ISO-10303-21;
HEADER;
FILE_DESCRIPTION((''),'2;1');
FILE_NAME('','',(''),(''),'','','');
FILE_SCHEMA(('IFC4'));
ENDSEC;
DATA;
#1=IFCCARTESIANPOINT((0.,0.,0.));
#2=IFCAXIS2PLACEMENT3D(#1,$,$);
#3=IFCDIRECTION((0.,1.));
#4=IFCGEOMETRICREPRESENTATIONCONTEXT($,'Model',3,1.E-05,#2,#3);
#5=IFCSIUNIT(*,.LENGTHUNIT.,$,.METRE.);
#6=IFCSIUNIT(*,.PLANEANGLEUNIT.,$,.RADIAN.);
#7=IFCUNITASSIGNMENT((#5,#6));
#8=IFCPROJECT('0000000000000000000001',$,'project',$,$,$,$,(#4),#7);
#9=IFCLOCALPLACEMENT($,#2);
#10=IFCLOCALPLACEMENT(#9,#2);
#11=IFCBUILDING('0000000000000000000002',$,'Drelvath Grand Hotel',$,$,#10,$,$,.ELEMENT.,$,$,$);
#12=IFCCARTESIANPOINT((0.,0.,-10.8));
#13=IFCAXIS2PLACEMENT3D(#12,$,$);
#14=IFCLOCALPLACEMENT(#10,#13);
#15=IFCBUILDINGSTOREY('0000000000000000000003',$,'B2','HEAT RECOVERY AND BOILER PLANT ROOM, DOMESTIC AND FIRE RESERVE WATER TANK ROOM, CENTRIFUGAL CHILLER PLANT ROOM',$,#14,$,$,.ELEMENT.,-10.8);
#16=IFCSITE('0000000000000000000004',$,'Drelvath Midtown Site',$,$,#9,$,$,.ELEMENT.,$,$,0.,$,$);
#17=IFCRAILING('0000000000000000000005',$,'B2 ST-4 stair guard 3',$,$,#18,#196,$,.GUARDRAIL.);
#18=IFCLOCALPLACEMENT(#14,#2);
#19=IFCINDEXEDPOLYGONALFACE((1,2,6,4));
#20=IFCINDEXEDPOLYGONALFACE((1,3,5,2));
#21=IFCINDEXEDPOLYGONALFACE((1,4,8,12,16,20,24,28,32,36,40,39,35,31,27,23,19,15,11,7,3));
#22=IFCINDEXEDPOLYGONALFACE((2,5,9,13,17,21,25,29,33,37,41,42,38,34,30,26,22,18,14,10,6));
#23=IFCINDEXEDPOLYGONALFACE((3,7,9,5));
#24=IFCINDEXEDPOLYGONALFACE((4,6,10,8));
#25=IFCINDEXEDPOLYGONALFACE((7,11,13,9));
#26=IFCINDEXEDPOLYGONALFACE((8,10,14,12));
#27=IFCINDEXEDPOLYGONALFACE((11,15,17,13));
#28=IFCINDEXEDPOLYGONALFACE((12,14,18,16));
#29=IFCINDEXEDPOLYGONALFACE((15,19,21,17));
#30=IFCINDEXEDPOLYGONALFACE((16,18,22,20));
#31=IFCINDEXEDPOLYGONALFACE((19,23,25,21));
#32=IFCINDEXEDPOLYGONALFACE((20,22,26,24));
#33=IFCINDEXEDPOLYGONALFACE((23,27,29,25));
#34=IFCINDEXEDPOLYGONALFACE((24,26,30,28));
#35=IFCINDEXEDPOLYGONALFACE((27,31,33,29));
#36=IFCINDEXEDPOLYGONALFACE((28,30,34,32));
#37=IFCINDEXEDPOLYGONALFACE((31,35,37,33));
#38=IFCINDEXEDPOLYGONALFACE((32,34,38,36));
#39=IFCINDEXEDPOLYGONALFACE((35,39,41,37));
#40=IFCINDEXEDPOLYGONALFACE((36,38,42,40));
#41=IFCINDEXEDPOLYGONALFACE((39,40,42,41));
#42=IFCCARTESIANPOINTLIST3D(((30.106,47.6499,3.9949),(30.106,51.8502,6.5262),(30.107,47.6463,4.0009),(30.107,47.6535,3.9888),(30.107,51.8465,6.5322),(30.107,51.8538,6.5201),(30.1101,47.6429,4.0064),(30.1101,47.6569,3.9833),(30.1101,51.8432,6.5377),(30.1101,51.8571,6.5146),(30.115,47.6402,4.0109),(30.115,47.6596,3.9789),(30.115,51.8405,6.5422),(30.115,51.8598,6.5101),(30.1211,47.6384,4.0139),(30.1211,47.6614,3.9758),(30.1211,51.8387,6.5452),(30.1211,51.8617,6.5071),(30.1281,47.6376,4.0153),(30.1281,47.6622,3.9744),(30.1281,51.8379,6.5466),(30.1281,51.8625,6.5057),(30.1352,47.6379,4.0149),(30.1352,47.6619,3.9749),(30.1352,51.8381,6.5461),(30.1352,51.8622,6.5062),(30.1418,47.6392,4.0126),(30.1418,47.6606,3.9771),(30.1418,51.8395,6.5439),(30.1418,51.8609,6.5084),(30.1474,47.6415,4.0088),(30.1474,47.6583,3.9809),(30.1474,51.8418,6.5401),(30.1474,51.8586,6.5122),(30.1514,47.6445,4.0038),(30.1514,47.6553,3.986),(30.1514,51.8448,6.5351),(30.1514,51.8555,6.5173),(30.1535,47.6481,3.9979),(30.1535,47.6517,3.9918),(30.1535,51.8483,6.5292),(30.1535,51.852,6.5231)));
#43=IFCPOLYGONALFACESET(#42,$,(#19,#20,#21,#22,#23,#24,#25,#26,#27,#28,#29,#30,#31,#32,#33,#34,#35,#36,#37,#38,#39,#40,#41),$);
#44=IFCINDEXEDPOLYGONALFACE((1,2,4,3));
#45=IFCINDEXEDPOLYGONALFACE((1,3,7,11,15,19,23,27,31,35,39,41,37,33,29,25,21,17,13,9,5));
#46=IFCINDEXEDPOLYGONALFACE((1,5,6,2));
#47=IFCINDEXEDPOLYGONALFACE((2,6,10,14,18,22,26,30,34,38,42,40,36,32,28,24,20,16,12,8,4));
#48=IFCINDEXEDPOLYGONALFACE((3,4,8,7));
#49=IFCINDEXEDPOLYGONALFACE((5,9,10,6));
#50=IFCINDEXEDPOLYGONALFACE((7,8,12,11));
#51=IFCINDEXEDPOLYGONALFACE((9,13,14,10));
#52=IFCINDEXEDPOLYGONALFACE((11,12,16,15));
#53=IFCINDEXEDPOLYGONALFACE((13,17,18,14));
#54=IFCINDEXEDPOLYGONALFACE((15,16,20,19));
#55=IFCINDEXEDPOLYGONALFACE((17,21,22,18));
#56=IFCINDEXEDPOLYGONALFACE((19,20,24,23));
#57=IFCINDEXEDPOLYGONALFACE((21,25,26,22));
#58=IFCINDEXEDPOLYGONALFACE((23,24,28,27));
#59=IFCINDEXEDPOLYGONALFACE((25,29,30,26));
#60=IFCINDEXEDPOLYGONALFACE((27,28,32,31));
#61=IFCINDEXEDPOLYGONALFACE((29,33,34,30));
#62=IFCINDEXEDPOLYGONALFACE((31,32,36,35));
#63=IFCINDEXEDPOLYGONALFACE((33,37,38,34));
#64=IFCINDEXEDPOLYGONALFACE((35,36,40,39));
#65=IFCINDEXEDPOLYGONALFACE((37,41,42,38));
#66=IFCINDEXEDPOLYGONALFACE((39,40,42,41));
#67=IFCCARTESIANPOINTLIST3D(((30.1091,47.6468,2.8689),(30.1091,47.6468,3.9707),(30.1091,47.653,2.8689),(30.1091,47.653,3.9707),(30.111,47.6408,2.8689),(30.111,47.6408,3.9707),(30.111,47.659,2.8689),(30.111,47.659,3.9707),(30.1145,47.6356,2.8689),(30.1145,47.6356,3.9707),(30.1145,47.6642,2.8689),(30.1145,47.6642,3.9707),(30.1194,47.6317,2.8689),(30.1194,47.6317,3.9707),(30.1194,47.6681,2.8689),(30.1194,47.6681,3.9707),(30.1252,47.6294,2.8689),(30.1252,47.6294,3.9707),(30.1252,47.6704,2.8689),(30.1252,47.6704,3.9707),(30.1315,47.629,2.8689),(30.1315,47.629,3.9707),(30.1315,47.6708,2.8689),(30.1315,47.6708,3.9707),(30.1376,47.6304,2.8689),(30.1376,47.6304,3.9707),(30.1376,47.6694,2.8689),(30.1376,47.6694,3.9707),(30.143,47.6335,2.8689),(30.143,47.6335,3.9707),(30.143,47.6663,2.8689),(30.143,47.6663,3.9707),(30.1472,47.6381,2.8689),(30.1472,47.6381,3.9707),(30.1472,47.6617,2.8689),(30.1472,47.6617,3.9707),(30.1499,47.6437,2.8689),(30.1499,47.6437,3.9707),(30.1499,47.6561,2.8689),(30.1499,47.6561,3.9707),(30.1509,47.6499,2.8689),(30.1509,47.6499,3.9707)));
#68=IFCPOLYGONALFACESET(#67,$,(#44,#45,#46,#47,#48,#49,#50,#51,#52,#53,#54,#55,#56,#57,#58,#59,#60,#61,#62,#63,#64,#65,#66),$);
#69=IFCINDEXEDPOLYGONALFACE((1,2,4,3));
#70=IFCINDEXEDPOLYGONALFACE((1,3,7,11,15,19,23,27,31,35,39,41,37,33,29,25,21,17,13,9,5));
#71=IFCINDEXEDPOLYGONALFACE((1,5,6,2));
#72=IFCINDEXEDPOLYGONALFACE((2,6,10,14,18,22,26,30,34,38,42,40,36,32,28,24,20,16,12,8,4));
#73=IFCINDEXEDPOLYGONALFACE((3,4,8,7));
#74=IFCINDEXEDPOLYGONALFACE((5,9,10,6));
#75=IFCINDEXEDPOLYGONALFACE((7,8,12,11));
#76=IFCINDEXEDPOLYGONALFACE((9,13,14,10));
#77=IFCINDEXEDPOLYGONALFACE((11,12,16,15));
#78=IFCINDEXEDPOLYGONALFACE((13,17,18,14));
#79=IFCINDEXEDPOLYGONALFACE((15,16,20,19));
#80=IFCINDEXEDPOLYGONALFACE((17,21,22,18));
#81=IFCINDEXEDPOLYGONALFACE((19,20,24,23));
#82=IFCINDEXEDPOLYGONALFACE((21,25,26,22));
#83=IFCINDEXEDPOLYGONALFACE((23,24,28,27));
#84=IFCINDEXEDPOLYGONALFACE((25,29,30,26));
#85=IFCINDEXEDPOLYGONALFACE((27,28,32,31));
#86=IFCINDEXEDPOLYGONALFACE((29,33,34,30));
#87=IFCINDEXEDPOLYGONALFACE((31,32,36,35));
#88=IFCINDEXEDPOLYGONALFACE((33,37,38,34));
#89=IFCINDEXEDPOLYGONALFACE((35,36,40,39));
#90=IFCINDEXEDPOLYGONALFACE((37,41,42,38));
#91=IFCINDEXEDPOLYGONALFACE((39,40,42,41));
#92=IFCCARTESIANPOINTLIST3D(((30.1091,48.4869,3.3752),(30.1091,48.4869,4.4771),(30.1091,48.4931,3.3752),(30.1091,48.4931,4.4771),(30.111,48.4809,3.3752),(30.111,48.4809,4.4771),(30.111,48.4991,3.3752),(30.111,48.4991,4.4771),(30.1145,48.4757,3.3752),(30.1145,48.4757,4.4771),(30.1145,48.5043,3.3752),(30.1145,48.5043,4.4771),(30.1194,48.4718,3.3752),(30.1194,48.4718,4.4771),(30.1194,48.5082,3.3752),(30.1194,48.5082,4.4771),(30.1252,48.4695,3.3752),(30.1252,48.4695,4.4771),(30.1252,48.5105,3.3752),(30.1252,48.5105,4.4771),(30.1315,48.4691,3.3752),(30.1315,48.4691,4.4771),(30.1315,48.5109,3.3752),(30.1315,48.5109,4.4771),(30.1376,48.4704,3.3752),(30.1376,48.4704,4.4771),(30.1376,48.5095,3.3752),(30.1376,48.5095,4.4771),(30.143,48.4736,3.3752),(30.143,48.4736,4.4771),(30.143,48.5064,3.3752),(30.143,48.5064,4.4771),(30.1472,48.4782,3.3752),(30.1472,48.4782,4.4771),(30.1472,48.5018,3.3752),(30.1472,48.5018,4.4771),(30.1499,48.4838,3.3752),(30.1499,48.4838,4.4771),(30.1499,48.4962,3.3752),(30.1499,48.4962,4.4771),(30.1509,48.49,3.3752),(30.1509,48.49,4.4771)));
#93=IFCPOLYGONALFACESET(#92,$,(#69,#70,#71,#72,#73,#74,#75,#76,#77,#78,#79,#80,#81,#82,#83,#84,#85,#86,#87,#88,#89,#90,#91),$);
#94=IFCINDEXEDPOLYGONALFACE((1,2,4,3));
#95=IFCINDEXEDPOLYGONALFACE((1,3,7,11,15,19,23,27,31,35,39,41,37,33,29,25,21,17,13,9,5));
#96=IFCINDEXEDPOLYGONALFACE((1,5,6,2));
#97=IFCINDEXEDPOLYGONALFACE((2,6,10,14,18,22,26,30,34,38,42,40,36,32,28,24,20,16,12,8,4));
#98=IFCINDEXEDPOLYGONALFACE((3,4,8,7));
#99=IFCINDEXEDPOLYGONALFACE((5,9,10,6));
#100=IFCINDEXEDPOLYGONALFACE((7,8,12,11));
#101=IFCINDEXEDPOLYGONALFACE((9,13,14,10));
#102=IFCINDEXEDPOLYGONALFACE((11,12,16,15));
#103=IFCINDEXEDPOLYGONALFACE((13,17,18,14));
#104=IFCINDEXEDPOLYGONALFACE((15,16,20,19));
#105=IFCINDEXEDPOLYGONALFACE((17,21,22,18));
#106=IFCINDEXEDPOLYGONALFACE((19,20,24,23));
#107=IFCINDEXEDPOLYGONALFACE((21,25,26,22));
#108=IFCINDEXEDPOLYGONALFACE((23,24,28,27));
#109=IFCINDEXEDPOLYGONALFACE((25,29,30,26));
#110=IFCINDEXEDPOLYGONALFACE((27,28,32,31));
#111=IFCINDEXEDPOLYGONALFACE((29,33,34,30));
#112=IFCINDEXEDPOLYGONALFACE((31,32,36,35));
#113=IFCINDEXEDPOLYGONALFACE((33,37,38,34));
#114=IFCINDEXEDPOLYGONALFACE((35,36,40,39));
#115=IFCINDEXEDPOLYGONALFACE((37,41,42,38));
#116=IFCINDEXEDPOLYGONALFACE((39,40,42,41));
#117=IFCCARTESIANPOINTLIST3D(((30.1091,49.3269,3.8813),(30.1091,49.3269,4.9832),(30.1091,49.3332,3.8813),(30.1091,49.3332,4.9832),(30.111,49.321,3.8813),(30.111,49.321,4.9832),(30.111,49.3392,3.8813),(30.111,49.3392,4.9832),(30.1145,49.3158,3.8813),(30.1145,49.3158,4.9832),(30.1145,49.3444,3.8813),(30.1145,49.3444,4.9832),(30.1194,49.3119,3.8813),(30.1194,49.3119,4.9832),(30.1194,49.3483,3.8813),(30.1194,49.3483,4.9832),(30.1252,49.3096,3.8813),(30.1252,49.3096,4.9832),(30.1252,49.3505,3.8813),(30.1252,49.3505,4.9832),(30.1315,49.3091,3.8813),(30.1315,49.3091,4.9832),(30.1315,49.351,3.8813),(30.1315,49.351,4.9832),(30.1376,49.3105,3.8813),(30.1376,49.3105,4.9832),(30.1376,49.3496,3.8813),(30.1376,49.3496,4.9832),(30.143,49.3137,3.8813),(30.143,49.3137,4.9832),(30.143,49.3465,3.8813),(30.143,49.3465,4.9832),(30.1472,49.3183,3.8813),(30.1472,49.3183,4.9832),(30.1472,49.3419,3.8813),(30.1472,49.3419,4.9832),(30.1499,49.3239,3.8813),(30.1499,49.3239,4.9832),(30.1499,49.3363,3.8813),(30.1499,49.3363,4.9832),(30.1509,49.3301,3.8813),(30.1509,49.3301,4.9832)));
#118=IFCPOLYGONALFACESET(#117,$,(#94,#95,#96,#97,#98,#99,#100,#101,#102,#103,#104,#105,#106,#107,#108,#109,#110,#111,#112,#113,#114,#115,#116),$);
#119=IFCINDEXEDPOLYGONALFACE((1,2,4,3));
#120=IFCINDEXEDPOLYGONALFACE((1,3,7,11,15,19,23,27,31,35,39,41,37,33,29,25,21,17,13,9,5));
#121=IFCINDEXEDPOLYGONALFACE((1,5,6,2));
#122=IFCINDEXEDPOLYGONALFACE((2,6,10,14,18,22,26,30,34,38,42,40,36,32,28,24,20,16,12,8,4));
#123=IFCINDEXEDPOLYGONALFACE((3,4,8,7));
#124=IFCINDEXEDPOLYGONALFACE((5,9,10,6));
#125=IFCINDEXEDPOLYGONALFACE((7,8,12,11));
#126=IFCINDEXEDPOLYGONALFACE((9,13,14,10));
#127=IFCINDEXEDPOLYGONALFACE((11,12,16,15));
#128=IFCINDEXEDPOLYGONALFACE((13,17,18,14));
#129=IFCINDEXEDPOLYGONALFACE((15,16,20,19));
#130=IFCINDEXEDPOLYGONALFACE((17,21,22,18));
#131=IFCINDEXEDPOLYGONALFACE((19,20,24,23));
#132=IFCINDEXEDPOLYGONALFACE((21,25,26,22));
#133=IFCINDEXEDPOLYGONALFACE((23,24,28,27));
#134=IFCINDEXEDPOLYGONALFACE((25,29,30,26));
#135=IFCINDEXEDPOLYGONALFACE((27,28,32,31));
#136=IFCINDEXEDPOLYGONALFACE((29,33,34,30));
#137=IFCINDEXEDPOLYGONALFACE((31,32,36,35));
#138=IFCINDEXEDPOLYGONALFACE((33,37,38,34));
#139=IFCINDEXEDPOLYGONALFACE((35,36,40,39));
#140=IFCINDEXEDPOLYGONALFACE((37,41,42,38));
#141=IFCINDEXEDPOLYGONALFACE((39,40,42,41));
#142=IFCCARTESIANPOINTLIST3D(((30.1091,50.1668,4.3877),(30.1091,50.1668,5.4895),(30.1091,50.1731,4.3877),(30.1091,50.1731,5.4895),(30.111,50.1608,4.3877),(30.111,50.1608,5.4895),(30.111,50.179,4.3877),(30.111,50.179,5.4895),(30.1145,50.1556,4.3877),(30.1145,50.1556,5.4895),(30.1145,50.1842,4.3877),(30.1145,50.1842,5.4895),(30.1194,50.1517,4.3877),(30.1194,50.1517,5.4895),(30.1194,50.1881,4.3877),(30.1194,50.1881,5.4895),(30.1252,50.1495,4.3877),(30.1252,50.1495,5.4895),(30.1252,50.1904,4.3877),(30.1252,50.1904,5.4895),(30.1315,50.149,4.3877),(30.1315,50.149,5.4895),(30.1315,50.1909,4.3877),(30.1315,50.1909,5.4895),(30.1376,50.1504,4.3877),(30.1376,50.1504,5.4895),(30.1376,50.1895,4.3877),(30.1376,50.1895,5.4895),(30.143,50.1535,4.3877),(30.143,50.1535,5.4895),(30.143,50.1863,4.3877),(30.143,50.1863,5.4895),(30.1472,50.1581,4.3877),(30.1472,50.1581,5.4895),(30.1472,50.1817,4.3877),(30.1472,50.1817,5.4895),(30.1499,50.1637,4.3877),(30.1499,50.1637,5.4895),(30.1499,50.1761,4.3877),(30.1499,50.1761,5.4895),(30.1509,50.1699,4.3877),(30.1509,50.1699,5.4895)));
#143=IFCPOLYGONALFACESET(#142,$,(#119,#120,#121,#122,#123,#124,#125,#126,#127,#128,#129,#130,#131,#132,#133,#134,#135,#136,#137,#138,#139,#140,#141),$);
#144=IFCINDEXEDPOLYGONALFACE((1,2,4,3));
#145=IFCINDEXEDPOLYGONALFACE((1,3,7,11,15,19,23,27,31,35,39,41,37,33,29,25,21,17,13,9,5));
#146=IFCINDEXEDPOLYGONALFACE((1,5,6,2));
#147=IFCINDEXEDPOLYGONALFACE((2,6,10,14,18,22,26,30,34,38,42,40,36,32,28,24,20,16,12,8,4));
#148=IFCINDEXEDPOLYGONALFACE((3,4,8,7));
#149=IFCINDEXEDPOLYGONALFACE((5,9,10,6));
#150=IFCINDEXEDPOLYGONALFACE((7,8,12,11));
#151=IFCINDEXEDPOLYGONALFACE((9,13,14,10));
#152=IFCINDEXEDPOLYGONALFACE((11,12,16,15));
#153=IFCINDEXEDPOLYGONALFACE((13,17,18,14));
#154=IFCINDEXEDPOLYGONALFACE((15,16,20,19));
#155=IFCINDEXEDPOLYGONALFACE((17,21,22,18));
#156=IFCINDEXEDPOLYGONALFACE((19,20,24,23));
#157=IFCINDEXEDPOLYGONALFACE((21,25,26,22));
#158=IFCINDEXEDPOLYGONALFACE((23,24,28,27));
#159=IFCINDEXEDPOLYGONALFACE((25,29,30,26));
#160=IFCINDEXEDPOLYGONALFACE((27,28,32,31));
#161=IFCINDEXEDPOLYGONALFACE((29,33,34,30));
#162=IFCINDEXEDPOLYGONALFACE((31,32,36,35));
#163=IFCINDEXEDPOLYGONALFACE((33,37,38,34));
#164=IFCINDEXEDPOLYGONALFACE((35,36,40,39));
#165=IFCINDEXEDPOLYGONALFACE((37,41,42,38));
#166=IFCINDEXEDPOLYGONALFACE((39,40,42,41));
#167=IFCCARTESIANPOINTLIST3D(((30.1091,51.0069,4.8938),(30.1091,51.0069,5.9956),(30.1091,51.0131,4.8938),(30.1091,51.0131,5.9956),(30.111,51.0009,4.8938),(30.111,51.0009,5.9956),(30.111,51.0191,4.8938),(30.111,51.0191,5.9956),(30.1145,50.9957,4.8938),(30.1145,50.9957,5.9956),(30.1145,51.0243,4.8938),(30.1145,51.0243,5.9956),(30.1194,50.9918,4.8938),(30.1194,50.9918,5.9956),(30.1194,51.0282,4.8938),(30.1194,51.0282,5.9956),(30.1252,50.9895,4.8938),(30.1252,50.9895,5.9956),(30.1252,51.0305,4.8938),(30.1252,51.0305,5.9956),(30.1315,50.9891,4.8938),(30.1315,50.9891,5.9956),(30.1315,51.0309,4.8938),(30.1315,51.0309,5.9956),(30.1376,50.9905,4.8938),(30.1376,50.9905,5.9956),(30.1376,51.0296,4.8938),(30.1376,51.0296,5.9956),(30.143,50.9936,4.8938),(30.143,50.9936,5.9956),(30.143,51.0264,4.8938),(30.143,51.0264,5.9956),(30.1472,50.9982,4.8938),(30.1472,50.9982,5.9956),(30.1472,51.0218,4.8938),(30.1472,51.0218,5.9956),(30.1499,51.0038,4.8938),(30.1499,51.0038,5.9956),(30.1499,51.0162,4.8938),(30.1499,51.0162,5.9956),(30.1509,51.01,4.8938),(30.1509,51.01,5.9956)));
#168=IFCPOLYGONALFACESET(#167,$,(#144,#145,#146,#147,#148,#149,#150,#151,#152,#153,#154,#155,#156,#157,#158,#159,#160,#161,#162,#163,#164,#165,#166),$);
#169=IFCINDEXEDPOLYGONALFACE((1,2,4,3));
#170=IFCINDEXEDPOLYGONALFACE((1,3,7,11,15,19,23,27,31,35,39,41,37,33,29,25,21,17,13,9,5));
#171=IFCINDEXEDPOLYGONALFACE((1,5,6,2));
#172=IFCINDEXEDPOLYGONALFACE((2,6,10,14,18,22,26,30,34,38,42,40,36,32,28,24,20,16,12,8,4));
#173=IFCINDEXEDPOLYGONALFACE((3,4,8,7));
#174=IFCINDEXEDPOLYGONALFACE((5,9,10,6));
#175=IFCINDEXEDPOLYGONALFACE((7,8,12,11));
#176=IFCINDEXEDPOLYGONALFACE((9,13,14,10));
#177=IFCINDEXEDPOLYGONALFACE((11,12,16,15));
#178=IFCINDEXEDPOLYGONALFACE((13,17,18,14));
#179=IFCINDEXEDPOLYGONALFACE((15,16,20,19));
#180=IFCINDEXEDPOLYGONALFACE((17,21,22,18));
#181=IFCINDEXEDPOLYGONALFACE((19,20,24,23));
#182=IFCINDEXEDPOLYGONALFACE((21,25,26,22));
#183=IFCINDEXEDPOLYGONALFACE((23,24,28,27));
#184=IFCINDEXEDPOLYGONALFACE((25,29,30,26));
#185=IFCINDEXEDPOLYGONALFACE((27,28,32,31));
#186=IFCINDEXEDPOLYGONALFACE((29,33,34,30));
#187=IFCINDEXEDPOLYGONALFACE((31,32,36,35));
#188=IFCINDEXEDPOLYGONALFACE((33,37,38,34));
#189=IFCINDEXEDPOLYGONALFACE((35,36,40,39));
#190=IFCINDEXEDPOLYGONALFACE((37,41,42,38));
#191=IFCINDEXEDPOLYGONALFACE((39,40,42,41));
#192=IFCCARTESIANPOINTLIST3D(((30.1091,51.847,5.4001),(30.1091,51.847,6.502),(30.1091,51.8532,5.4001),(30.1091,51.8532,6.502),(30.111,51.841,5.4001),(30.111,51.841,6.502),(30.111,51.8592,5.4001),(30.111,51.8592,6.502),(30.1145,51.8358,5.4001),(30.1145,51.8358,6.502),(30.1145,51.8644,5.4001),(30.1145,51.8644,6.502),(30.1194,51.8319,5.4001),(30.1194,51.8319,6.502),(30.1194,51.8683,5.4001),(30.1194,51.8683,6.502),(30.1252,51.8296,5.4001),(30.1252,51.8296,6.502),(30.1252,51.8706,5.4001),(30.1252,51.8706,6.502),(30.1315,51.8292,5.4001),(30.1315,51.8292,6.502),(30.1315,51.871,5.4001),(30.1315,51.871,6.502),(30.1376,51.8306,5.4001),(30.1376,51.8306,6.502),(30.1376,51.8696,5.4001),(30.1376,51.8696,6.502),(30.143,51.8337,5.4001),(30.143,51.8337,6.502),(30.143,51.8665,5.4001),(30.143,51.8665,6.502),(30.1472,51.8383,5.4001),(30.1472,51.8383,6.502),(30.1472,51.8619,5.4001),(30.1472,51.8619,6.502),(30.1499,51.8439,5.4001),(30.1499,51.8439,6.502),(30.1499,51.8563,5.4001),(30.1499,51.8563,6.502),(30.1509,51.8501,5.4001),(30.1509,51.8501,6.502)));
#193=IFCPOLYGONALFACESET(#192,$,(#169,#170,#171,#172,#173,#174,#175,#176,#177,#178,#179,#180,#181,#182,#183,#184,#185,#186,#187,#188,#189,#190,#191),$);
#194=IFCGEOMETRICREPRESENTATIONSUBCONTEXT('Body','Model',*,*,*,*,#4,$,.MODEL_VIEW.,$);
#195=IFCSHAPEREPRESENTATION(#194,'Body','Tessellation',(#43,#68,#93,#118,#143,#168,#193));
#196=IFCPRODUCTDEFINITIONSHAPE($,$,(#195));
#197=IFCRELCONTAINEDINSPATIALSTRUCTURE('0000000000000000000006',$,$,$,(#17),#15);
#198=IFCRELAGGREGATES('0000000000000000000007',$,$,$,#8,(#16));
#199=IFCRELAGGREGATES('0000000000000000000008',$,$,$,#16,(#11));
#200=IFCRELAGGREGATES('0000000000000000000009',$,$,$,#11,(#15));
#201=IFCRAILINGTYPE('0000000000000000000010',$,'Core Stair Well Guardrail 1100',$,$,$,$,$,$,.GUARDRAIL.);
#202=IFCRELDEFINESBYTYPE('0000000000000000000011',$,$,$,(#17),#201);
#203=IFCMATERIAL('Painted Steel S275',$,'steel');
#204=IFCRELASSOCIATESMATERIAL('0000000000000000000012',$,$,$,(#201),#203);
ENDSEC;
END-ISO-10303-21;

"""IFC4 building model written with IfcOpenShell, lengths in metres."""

from ifc_helpers import new_model, si_unit, direction, frame, origin, origin_2d, place, context, subcontext, project, spatial, circle, extrude, material, type_object, element, save


model = new_model("IFC4")

# Units and contexts
model_context = context("Model", 3, precision=1e-05, world=origin(), true_north=direction((0.0, 1.0)))
body_context = subcontext(model_context, "Body", "Model", "MODEL_VIEW")
ifc_project = project(units=[si_unit("LENGTHUNIT", "METRE"), si_unit("PLANEANGLEUNIT", "RADIAN")], contexts=[model_context])

# Site, building, storey
site_placement = place(None, origin())
site = spatial("IfcSite", under=ifc_project, at=site_placement, Name="Drelvath Midtown Site", CompositionType="ELEMENT", RefElevation=0.0)
building_placement = place(site_placement, origin())
building = spatial("IfcBuilding", under=site, at=building_placement, Name="Drelvath Grand Hotel", CompositionType="ELEMENT")
storey_placement = place(building_placement, frame((0.0, 0.0, -10.8)))
storey = spatial("IfcBuildingStorey", under=building, at=storey_placement, Name="B2", Description="HEAT RECOVERY AND BOILER PLANT ROOM, DOMESTIC AND FIRE RESERVE WATER TANK ROOM, CENTRIFUGAL CHILLER PLANT ROOM", CompositionType="ELEMENT", Elevation=-10.8)

# Railing
ifc_material_1 = material(Name="Painted Steel S275", Category="steel")
railing_type_1 = type_object("IfcRailingType", Name="Core Stair Well Guardrail 1100", PredefinedType="GUARDRAIL", material=ifc_material_1)
railing_1_placement = place(storey_placement, frame((30.1299, 47.6499, 2.8689)))
element("IfcRailing", 1, at=railing_1_placement, inside=storey, type_object=railing_type_1, Name="B2 ST-4 stair guard 3", PredefinedType="GUARDRAIL", context=body_context, shape_type="SweptSolid", body=[
    extrude(circle(Radius=0.0239, at=origin_2d()), frame((0.0, 0.0, 1.126), z_axis=(0.0, 0.85649, 0.516164), x_axis=(-1.0, 0.0, 0.0)), (0.0, 0.0, 1.0), 4.9041),
    extrude(circle(Radius=0.021, at=origin_2d()), origin(), (0.0, 0.0, 1.0), 1.1018),
    extrude(circle(Radius=0.021, at=origin_2d()), frame((0.0, 0.8401, 0.5063)), (0.0, 0.0, 1.0), 1.1018),
    extrude(circle(Radius=0.021, at=origin_2d()), frame((0.0, 1.6802, 1.0125)), (0.0, 0.0, 1.0), 1.1018),
    extrude(circle(Radius=0.021, at=origin_2d()), frame((0.0, 2.52, 1.5188)), (0.0, 0.0, 1.0), 1.1018),
    extrude(circle(Radius=0.021, at=origin_2d()), frame((0.0, 3.3601, 2.0249)), (0.0, 0.0, 1.0), 1.1018),
    extrude(circle(Radius=0.021, at=origin_2d()), frame((0.0, 4.2002, 2.5312)), (0.0, 0.0, 1.0), 1.1018),
])

save(model, "model.ifc")
